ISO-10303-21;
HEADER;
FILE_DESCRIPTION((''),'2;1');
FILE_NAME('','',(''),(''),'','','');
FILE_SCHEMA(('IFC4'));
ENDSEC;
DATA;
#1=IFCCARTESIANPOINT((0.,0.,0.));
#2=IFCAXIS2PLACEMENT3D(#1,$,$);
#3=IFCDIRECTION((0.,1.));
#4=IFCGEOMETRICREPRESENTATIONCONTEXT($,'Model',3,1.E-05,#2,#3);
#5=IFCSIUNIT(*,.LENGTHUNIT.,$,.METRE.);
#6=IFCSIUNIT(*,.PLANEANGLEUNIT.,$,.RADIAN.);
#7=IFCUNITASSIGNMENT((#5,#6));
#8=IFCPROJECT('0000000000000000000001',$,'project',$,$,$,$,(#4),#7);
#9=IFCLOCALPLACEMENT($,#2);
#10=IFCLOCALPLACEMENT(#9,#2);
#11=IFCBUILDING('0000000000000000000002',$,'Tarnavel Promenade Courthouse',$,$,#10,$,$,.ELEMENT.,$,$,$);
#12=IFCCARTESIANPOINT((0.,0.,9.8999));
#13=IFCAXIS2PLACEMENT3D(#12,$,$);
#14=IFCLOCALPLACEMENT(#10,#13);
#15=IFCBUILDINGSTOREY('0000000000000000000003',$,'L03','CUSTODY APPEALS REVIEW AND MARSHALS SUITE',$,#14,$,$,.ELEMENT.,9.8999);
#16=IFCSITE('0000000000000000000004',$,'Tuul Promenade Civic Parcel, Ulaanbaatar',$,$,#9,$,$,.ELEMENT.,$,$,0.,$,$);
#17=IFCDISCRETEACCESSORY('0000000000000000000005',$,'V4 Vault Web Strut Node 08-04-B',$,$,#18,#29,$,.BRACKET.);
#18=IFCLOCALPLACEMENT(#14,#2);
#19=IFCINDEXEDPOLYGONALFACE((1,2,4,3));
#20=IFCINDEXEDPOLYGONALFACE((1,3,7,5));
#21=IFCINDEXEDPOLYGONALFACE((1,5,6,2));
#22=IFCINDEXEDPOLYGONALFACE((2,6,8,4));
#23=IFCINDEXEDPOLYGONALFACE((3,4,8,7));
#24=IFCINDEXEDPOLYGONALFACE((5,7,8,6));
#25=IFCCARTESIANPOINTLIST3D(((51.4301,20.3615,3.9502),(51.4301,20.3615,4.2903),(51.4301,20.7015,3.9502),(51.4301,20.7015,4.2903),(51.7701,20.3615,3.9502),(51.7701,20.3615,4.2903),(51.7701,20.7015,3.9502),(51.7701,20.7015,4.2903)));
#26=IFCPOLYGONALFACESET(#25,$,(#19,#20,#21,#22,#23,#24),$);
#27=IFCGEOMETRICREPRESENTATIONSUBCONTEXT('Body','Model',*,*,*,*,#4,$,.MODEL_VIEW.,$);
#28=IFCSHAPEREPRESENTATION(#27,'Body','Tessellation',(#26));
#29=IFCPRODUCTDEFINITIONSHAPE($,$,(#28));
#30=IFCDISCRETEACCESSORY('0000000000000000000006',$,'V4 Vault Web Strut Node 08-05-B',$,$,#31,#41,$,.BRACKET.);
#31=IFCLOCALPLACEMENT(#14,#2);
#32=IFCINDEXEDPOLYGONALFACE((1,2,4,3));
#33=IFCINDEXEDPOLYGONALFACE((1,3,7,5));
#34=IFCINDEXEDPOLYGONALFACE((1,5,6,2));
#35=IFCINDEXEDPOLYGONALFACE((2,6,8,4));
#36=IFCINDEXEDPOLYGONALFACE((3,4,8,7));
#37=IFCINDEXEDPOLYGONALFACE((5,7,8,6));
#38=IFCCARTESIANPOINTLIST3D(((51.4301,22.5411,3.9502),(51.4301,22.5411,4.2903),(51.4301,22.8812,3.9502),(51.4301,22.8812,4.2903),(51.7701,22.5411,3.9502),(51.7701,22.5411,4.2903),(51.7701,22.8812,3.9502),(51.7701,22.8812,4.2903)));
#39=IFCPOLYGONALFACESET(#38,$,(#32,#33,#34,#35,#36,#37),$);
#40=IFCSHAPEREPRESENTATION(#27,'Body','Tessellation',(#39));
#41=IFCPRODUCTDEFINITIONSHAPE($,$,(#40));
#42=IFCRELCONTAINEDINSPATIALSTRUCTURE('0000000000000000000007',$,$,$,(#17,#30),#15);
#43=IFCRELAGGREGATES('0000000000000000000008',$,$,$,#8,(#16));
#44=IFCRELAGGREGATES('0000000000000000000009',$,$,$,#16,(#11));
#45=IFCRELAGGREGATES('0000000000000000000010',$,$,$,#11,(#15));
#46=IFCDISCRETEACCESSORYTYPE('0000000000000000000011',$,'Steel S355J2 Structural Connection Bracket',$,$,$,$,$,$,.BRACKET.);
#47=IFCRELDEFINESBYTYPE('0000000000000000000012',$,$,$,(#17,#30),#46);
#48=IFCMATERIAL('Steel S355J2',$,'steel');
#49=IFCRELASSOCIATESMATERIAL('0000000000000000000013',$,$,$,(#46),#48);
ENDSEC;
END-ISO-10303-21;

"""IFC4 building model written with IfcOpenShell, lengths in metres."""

from ifc_helpers import new_model, si_unit, direction, frame, origin, origin_2d, place, context, subcontext, project, spatial, rectangle, extrude, material, type_object, element, save


model = new_model("IFC4")

# Units and contexts
model_context = context("Model", 3, precision=1e-05, world=origin(), true_north=direction((0.0, 1.0)))
body_context = subcontext(model_context, "Body", "Model", "MODEL_VIEW")
ifc_project = project(units=[si_unit("LENGTHUNIT", "METRE"), si_unit("PLANEANGLEUNIT", "RADIAN")], contexts=[model_context])

# Site, building, storey
site_placement = place(None, origin())
site = spatial("IfcSite", under=ifc_project, at=site_placement, Name="Tuul Promenade Civic Parcel, Ulaanbaatar", CompositionType="ELEMENT", RefElevation=0.0)
building_placement = place(site_placement, origin())
building = spatial("IfcBuilding", under=site, at=building_placement, Name="Tarnavel Promenade Courthouse", CompositionType="ELEMENT")
storey_placement = place(building_placement, frame((0.0, 0.0, 9.8999)))
storey = spatial("IfcBuildingStorey", under=building, at=storey_placement, Name="L03", Description="CUSTODY APPEALS REVIEW AND MARSHALS SUITE", CompositionType="ELEMENT", Elevation=9.8999)

# Discrete accessories
ifc_material_1 = material(Name="Steel S355J2", Category="steel")
discrete_accessory_type = type_object("IfcDiscreteAccessoryType", Name="Steel S355J2 Structural Connection Bracket", PredefinedType="BRACKET", material=ifc_material_1)
for number, where, z_axis, x_axis, name in (
    (1, (51.6001, 20.5315, 3.9502), (0.0, 0.0, 1.0), (1.0, 0.0, 0.0), "V4 Vault Web Strut Node 08-04-B"),
    (2, (51.6001, 22.7112, 3.9502), (0.0, 0.0, 1.0), (1.0, 0.0, 0.0), "V4 Vault Web Strut Node 08-05-B"),
):
    element("IfcDiscreteAccessory", number, at=place(storey_placement, frame(where, z_axis=z_axis, x_axis=x_axis)), inside=storey, type_object=discrete_accessory_type, Name=name, PredefinedType="BRACKET", context=body_context, shape_type="SweptSolid", body=[
        extrude(rectangle(XDim=0.3401, YDim=0.3401, at=origin_2d()), origin(), (0.0, 0.0, 1.0), 0.3401),
    ])

save(model, "model.ifc")
